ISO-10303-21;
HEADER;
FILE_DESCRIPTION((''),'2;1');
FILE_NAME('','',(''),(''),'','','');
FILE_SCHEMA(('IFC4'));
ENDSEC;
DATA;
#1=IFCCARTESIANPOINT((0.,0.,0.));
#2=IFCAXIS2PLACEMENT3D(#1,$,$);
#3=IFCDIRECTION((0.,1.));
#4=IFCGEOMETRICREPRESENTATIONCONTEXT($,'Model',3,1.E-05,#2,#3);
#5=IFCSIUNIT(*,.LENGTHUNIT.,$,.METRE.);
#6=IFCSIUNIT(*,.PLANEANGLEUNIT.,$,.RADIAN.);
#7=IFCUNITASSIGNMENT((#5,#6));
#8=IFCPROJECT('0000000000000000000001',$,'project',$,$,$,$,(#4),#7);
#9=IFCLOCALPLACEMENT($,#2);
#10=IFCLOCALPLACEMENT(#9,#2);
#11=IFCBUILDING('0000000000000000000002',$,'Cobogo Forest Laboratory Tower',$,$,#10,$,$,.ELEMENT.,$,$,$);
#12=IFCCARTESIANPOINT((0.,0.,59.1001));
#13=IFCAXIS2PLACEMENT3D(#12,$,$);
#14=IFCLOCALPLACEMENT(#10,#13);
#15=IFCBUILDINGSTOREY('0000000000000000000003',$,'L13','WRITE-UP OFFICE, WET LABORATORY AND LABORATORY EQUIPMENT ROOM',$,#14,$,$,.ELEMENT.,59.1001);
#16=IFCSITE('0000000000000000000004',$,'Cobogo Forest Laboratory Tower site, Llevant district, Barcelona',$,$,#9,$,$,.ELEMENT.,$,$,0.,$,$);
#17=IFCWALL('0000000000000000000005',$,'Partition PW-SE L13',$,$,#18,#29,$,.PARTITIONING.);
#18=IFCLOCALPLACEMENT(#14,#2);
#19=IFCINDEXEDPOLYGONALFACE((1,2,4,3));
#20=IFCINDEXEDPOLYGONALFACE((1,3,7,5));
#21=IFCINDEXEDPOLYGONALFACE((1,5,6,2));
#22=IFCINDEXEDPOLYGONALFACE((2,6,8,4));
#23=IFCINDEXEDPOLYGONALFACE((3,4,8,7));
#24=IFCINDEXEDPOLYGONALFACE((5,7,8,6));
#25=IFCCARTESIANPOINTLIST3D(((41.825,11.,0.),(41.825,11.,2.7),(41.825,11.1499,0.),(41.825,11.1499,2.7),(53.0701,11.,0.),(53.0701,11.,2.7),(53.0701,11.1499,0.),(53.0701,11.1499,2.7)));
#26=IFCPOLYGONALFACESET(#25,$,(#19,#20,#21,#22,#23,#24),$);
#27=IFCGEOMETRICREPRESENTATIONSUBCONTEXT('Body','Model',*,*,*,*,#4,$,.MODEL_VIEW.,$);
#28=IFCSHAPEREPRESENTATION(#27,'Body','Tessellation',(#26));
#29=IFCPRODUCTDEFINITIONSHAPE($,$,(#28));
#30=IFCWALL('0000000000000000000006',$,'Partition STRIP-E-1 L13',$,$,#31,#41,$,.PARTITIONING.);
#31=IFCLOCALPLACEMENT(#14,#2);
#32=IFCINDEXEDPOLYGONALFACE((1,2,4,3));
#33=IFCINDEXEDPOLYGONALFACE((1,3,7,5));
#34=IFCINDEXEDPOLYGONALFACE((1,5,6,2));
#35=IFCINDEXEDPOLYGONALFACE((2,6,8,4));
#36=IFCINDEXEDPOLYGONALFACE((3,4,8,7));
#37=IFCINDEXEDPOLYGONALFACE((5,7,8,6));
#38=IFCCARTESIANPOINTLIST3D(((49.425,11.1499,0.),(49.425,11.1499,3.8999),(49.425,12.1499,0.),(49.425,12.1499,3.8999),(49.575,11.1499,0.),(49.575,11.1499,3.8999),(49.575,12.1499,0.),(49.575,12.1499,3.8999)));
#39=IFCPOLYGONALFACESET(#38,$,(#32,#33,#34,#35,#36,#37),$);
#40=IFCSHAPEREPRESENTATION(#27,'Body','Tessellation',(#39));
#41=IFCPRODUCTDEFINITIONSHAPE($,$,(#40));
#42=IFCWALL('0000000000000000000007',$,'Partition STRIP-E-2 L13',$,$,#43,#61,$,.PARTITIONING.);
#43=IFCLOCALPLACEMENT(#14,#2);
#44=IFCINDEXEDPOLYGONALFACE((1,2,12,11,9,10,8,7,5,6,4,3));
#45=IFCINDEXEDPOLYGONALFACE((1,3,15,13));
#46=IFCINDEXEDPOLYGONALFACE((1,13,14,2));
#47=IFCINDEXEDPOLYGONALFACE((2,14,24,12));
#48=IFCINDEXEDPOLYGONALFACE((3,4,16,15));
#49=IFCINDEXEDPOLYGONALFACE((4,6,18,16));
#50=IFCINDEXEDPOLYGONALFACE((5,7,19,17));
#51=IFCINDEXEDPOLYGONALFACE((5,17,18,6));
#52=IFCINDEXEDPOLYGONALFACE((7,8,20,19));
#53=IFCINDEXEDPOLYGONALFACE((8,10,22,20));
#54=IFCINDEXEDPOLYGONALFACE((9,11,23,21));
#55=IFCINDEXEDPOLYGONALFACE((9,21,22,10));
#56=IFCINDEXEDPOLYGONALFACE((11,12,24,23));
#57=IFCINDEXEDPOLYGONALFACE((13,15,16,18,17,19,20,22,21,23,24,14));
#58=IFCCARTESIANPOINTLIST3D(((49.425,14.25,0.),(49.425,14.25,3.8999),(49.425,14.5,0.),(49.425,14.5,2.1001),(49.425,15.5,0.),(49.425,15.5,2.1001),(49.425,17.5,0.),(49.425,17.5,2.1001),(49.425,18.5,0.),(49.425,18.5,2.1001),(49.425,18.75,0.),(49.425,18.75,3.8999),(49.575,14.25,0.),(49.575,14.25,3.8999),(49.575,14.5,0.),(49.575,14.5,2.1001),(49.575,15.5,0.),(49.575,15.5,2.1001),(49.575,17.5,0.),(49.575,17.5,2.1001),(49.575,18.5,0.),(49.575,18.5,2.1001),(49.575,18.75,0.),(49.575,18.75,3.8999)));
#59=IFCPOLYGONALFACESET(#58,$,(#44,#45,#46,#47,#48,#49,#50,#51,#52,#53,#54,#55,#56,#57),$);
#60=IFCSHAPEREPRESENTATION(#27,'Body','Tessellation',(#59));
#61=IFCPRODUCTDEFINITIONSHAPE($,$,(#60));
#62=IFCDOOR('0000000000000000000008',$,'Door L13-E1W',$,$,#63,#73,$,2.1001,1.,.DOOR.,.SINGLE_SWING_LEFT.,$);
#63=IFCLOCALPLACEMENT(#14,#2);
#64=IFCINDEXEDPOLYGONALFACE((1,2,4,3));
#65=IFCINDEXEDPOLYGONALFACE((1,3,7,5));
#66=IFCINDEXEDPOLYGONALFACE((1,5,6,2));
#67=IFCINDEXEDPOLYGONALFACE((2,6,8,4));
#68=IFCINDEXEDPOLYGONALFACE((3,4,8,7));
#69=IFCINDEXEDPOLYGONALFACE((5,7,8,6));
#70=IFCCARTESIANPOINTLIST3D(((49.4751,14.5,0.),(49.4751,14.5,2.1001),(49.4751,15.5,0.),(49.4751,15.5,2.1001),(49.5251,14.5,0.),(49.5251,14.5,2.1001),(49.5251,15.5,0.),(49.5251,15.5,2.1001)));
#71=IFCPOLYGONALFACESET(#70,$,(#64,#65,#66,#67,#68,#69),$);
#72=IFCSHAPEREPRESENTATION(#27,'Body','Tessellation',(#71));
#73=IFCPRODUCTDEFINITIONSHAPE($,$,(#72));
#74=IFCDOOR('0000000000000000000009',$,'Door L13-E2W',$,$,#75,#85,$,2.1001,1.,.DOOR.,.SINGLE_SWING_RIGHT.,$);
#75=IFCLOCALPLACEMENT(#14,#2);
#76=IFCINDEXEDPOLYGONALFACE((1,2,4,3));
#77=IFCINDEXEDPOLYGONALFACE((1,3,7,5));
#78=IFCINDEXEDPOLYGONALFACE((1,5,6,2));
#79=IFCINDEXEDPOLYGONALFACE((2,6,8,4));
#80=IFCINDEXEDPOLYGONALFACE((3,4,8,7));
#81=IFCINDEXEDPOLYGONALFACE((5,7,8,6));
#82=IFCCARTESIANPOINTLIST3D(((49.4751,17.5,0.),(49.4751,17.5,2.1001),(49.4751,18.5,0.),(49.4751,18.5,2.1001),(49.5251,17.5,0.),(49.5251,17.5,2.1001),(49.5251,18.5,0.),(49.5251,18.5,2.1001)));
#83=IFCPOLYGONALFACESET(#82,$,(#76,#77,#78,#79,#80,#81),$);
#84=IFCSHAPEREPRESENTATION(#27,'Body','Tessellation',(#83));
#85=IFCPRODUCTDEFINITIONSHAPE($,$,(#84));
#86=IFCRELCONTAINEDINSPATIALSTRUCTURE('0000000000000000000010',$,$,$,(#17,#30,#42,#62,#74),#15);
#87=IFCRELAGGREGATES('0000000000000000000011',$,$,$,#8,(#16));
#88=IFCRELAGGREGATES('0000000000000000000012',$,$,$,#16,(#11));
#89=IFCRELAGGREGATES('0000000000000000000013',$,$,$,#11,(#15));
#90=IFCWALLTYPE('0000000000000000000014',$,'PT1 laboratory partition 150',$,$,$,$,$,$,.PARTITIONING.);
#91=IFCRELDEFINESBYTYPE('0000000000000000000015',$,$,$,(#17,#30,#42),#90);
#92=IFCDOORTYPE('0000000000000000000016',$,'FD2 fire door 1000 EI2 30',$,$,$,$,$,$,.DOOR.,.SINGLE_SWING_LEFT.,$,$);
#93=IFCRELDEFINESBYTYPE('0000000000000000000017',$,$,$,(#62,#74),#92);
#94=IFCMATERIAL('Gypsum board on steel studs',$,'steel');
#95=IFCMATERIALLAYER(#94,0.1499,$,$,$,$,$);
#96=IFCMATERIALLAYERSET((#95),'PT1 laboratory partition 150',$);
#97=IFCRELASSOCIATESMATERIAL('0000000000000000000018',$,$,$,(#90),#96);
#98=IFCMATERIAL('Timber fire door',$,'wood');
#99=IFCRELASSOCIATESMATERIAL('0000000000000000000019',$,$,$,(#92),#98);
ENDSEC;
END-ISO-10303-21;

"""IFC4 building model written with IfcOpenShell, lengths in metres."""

from ifc_helpers import new_model, si_unit, direction, frame, frame_2d, origin, place, context, subcontext, project, spatial, rectangle, extrude, material, layer, layer_set, type_object, element, fill, save


model = new_model("IFC4")

# Units and contexts
model_context = context("Model", 3, precision=1e-05, world=origin(), true_north=direction((0.0, 1.0)))
body_context = subcontext(model_context, "Body", "Model", "MODEL_VIEW")
ifc_project = project(units=[si_unit("LENGTHUNIT", "METRE"), si_unit("PLANEANGLEUNIT", "RADIAN")], contexts=[model_context])

# Site, building, storey
site_placement = place(None, origin())
site = spatial("IfcSite", under=ifc_project, at=site_placement, Name="Cobogo Forest Laboratory Tower site, Llevant district, Barcelona", CompositionType="ELEMENT", RefElevation=0.0)
building_placement = place(site_placement, origin())
building = spatial("IfcBuilding", under=site, at=building_placement, Name="Cobogo Forest Laboratory Tower", CompositionType="ELEMENT")
storey_placement = place(building_placement, frame((0.0, 0.0, 59.1001)))
storey = spatial("IfcBuildingStorey", under=building, at=storey_placement, Name="L13", Description="WRITE-UP OFFICE, WET LABORATORY AND LABORATORY EQUIPMENT ROOM", CompositionType="ELEMENT", Elevation=59.1001)

# Walls
ifc_material_1 = material(Name="Gypsum board on steel studs", Category="steel")
ifc_layer_1 = layer(ifc_material_1, 0.1499)
ifc_layer_set_1 = layer_set([ifc_layer_1], Name="PT1 laboratory partition 150")
wall_type = type_object("IfcWallType", Name="PT1 laboratory partition 150", PredefinedType="PARTITIONING", material=ifc_layer_set_1)
wall_1_placement = place(storey_placement, frame((53.0701, 11.075, 0.0), z_axis=(0.0, 0.0, 1.0), x_axis=(-1.0, 0.0, 0.0)))
element("IfcWall", 1, at=wall_1_placement, inside=storey, type_object=wall_type, Name="Partition PW-SE L13", PredefinedType="PARTITIONING", context=body_context, shape_type="SweptSolid", body=[
    extrude(rectangle(XDim=11.2451, YDim=0.1499, at=frame_2d((5.6226, 0.0))), origin(), (0.0, 0.0, 1.0), 2.7),
])
wall_2_placement = place(storey_placement, frame((49.5, 11.1499, 0.0), z_axis=(0.0, 0.0, 1.0), x_axis=(0.0, 1.0, 0.0)))
element("IfcWall", 2, at=wall_2_placement, inside=storey, type_object=wall_type, Name="Partition STRIP-E-1 L13", PredefinedType="PARTITIONING", context=body_context, shape_type="SweptSolid", body=[
    extrude(rectangle(XDim=1.0, YDim=0.1499, at=frame_2d((0.5, 0.0))), origin(), (0.0, 0.0, 1.0), 3.8999),
])

# Wall, openings, doors
wall_3_placement = place(storey_placement, frame((49.5, 14.25, 0.0), z_axis=(0.0, 0.0, 1.0), x_axis=(0.0, 1.0, 0.0)))
wall_3 = element("IfcWall", 3, at=wall_3_placement, inside=storey, type_object=wall_type, Name="Partition STRIP-E-2 L13", PredefinedType="PARTITIONING", context=body_context, shape_type="SweptSolid", body=[
    extrude(rectangle(XDim=4.5, YDim=0.1499, at=frame_2d((2.25, 0.0))), origin(), (0.0, 0.0, 1.0), 3.8999),
])
opening_1_placement = place(wall_3_placement, frame((0.25, 0.0, 0.0)))
opening_1 = element("IfcOpeningElement", 4, at=opening_1_placement, cuts=wall_3, PredefinedType="OPENING", context=body_context, shape_type="SweptSolid", body=[
    extrude(rectangle(XDim=1.0, YDim=2.1001, at=frame_2d((0.5, 1.05))), frame((0.0, 0.085, 0.0), z_axis=(0.0, -1.0, 0.0), x_axis=(1.0, 0.0, 0.0)), (0.0, 0.0, 1.0), 0.1699),
])
opening_2_placement = place(wall_3_placement, frame((3.25, 0.0, 0.0)))
opening_2 = element("IfcOpeningElement", 5, at=opening_2_placement, cuts=wall_3, PredefinedType="OPENING", context=body_context, shape_type="SweptSolid", body=[
    extrude(rectangle(XDim=1.0, YDim=2.1001, at=frame_2d((0.5, 1.05))), frame((0.0, 0.085, 0.0), z_axis=(0.0, -1.0, 0.0), x_axis=(1.0, 0.0, 0.0)), (0.0, 0.0, 1.0), 0.1699),
])
ifc_material_2 = material(Name="Timber fire door", Category="wood")
door_type = type_object("IfcDoorType", Name="FD2 fire door 1000 EI2 30", OperationType="SINGLE_SWING_LEFT", PredefinedType="DOOR", material=ifc_material_2)
door_1_placement = place(opening_1_placement, origin())
door_1 = element("IfcDoor", 6, at=door_1_placement, inside=storey, type_object=door_type, Name="Door L13-E1W", OperationType="SINGLE_SWING_LEFT", OverallHeight=2.1001, OverallWidth=1.0, PredefinedType="DOOR", context=body_context, shape_type="SweptSolid", body=[
    extrude(rectangle(XDim=1.0, YDim=2.1001, at=frame_2d((0.5, 1.05))), frame((0.0, 0.0249, 0.0), z_axis=(0.0, -1.0, 0.0), x_axis=(1.0, 0.0, 0.0)), (0.0, 0.0, 1.0), 0.05),
])
fill(opening_1, door_1)
door_2_placement = place(opening_2_placement, origin())
door_2 = element("IfcDoor", 7, at=door_2_placement, inside=storey, type_object=door_type, Name="Door L13-E2W", OperationType="SINGLE_SWING_RIGHT", OverallHeight=2.1001, OverallWidth=1.0, PredefinedType="DOOR", context=body_context, shape_type="SweptSolid", body=[
    extrude(rectangle(XDim=1.0, YDim=2.1001, at=frame_2d((0.5, 1.05))), frame((0.0, 0.0249, 0.0), z_axis=(0.0, -1.0, 0.0), x_axis=(1.0, 0.0, 0.0)), (0.0, 0.0, 1.0), 0.05),
])
fill(opening_2, door_2)

save(model, "model.ifc")
